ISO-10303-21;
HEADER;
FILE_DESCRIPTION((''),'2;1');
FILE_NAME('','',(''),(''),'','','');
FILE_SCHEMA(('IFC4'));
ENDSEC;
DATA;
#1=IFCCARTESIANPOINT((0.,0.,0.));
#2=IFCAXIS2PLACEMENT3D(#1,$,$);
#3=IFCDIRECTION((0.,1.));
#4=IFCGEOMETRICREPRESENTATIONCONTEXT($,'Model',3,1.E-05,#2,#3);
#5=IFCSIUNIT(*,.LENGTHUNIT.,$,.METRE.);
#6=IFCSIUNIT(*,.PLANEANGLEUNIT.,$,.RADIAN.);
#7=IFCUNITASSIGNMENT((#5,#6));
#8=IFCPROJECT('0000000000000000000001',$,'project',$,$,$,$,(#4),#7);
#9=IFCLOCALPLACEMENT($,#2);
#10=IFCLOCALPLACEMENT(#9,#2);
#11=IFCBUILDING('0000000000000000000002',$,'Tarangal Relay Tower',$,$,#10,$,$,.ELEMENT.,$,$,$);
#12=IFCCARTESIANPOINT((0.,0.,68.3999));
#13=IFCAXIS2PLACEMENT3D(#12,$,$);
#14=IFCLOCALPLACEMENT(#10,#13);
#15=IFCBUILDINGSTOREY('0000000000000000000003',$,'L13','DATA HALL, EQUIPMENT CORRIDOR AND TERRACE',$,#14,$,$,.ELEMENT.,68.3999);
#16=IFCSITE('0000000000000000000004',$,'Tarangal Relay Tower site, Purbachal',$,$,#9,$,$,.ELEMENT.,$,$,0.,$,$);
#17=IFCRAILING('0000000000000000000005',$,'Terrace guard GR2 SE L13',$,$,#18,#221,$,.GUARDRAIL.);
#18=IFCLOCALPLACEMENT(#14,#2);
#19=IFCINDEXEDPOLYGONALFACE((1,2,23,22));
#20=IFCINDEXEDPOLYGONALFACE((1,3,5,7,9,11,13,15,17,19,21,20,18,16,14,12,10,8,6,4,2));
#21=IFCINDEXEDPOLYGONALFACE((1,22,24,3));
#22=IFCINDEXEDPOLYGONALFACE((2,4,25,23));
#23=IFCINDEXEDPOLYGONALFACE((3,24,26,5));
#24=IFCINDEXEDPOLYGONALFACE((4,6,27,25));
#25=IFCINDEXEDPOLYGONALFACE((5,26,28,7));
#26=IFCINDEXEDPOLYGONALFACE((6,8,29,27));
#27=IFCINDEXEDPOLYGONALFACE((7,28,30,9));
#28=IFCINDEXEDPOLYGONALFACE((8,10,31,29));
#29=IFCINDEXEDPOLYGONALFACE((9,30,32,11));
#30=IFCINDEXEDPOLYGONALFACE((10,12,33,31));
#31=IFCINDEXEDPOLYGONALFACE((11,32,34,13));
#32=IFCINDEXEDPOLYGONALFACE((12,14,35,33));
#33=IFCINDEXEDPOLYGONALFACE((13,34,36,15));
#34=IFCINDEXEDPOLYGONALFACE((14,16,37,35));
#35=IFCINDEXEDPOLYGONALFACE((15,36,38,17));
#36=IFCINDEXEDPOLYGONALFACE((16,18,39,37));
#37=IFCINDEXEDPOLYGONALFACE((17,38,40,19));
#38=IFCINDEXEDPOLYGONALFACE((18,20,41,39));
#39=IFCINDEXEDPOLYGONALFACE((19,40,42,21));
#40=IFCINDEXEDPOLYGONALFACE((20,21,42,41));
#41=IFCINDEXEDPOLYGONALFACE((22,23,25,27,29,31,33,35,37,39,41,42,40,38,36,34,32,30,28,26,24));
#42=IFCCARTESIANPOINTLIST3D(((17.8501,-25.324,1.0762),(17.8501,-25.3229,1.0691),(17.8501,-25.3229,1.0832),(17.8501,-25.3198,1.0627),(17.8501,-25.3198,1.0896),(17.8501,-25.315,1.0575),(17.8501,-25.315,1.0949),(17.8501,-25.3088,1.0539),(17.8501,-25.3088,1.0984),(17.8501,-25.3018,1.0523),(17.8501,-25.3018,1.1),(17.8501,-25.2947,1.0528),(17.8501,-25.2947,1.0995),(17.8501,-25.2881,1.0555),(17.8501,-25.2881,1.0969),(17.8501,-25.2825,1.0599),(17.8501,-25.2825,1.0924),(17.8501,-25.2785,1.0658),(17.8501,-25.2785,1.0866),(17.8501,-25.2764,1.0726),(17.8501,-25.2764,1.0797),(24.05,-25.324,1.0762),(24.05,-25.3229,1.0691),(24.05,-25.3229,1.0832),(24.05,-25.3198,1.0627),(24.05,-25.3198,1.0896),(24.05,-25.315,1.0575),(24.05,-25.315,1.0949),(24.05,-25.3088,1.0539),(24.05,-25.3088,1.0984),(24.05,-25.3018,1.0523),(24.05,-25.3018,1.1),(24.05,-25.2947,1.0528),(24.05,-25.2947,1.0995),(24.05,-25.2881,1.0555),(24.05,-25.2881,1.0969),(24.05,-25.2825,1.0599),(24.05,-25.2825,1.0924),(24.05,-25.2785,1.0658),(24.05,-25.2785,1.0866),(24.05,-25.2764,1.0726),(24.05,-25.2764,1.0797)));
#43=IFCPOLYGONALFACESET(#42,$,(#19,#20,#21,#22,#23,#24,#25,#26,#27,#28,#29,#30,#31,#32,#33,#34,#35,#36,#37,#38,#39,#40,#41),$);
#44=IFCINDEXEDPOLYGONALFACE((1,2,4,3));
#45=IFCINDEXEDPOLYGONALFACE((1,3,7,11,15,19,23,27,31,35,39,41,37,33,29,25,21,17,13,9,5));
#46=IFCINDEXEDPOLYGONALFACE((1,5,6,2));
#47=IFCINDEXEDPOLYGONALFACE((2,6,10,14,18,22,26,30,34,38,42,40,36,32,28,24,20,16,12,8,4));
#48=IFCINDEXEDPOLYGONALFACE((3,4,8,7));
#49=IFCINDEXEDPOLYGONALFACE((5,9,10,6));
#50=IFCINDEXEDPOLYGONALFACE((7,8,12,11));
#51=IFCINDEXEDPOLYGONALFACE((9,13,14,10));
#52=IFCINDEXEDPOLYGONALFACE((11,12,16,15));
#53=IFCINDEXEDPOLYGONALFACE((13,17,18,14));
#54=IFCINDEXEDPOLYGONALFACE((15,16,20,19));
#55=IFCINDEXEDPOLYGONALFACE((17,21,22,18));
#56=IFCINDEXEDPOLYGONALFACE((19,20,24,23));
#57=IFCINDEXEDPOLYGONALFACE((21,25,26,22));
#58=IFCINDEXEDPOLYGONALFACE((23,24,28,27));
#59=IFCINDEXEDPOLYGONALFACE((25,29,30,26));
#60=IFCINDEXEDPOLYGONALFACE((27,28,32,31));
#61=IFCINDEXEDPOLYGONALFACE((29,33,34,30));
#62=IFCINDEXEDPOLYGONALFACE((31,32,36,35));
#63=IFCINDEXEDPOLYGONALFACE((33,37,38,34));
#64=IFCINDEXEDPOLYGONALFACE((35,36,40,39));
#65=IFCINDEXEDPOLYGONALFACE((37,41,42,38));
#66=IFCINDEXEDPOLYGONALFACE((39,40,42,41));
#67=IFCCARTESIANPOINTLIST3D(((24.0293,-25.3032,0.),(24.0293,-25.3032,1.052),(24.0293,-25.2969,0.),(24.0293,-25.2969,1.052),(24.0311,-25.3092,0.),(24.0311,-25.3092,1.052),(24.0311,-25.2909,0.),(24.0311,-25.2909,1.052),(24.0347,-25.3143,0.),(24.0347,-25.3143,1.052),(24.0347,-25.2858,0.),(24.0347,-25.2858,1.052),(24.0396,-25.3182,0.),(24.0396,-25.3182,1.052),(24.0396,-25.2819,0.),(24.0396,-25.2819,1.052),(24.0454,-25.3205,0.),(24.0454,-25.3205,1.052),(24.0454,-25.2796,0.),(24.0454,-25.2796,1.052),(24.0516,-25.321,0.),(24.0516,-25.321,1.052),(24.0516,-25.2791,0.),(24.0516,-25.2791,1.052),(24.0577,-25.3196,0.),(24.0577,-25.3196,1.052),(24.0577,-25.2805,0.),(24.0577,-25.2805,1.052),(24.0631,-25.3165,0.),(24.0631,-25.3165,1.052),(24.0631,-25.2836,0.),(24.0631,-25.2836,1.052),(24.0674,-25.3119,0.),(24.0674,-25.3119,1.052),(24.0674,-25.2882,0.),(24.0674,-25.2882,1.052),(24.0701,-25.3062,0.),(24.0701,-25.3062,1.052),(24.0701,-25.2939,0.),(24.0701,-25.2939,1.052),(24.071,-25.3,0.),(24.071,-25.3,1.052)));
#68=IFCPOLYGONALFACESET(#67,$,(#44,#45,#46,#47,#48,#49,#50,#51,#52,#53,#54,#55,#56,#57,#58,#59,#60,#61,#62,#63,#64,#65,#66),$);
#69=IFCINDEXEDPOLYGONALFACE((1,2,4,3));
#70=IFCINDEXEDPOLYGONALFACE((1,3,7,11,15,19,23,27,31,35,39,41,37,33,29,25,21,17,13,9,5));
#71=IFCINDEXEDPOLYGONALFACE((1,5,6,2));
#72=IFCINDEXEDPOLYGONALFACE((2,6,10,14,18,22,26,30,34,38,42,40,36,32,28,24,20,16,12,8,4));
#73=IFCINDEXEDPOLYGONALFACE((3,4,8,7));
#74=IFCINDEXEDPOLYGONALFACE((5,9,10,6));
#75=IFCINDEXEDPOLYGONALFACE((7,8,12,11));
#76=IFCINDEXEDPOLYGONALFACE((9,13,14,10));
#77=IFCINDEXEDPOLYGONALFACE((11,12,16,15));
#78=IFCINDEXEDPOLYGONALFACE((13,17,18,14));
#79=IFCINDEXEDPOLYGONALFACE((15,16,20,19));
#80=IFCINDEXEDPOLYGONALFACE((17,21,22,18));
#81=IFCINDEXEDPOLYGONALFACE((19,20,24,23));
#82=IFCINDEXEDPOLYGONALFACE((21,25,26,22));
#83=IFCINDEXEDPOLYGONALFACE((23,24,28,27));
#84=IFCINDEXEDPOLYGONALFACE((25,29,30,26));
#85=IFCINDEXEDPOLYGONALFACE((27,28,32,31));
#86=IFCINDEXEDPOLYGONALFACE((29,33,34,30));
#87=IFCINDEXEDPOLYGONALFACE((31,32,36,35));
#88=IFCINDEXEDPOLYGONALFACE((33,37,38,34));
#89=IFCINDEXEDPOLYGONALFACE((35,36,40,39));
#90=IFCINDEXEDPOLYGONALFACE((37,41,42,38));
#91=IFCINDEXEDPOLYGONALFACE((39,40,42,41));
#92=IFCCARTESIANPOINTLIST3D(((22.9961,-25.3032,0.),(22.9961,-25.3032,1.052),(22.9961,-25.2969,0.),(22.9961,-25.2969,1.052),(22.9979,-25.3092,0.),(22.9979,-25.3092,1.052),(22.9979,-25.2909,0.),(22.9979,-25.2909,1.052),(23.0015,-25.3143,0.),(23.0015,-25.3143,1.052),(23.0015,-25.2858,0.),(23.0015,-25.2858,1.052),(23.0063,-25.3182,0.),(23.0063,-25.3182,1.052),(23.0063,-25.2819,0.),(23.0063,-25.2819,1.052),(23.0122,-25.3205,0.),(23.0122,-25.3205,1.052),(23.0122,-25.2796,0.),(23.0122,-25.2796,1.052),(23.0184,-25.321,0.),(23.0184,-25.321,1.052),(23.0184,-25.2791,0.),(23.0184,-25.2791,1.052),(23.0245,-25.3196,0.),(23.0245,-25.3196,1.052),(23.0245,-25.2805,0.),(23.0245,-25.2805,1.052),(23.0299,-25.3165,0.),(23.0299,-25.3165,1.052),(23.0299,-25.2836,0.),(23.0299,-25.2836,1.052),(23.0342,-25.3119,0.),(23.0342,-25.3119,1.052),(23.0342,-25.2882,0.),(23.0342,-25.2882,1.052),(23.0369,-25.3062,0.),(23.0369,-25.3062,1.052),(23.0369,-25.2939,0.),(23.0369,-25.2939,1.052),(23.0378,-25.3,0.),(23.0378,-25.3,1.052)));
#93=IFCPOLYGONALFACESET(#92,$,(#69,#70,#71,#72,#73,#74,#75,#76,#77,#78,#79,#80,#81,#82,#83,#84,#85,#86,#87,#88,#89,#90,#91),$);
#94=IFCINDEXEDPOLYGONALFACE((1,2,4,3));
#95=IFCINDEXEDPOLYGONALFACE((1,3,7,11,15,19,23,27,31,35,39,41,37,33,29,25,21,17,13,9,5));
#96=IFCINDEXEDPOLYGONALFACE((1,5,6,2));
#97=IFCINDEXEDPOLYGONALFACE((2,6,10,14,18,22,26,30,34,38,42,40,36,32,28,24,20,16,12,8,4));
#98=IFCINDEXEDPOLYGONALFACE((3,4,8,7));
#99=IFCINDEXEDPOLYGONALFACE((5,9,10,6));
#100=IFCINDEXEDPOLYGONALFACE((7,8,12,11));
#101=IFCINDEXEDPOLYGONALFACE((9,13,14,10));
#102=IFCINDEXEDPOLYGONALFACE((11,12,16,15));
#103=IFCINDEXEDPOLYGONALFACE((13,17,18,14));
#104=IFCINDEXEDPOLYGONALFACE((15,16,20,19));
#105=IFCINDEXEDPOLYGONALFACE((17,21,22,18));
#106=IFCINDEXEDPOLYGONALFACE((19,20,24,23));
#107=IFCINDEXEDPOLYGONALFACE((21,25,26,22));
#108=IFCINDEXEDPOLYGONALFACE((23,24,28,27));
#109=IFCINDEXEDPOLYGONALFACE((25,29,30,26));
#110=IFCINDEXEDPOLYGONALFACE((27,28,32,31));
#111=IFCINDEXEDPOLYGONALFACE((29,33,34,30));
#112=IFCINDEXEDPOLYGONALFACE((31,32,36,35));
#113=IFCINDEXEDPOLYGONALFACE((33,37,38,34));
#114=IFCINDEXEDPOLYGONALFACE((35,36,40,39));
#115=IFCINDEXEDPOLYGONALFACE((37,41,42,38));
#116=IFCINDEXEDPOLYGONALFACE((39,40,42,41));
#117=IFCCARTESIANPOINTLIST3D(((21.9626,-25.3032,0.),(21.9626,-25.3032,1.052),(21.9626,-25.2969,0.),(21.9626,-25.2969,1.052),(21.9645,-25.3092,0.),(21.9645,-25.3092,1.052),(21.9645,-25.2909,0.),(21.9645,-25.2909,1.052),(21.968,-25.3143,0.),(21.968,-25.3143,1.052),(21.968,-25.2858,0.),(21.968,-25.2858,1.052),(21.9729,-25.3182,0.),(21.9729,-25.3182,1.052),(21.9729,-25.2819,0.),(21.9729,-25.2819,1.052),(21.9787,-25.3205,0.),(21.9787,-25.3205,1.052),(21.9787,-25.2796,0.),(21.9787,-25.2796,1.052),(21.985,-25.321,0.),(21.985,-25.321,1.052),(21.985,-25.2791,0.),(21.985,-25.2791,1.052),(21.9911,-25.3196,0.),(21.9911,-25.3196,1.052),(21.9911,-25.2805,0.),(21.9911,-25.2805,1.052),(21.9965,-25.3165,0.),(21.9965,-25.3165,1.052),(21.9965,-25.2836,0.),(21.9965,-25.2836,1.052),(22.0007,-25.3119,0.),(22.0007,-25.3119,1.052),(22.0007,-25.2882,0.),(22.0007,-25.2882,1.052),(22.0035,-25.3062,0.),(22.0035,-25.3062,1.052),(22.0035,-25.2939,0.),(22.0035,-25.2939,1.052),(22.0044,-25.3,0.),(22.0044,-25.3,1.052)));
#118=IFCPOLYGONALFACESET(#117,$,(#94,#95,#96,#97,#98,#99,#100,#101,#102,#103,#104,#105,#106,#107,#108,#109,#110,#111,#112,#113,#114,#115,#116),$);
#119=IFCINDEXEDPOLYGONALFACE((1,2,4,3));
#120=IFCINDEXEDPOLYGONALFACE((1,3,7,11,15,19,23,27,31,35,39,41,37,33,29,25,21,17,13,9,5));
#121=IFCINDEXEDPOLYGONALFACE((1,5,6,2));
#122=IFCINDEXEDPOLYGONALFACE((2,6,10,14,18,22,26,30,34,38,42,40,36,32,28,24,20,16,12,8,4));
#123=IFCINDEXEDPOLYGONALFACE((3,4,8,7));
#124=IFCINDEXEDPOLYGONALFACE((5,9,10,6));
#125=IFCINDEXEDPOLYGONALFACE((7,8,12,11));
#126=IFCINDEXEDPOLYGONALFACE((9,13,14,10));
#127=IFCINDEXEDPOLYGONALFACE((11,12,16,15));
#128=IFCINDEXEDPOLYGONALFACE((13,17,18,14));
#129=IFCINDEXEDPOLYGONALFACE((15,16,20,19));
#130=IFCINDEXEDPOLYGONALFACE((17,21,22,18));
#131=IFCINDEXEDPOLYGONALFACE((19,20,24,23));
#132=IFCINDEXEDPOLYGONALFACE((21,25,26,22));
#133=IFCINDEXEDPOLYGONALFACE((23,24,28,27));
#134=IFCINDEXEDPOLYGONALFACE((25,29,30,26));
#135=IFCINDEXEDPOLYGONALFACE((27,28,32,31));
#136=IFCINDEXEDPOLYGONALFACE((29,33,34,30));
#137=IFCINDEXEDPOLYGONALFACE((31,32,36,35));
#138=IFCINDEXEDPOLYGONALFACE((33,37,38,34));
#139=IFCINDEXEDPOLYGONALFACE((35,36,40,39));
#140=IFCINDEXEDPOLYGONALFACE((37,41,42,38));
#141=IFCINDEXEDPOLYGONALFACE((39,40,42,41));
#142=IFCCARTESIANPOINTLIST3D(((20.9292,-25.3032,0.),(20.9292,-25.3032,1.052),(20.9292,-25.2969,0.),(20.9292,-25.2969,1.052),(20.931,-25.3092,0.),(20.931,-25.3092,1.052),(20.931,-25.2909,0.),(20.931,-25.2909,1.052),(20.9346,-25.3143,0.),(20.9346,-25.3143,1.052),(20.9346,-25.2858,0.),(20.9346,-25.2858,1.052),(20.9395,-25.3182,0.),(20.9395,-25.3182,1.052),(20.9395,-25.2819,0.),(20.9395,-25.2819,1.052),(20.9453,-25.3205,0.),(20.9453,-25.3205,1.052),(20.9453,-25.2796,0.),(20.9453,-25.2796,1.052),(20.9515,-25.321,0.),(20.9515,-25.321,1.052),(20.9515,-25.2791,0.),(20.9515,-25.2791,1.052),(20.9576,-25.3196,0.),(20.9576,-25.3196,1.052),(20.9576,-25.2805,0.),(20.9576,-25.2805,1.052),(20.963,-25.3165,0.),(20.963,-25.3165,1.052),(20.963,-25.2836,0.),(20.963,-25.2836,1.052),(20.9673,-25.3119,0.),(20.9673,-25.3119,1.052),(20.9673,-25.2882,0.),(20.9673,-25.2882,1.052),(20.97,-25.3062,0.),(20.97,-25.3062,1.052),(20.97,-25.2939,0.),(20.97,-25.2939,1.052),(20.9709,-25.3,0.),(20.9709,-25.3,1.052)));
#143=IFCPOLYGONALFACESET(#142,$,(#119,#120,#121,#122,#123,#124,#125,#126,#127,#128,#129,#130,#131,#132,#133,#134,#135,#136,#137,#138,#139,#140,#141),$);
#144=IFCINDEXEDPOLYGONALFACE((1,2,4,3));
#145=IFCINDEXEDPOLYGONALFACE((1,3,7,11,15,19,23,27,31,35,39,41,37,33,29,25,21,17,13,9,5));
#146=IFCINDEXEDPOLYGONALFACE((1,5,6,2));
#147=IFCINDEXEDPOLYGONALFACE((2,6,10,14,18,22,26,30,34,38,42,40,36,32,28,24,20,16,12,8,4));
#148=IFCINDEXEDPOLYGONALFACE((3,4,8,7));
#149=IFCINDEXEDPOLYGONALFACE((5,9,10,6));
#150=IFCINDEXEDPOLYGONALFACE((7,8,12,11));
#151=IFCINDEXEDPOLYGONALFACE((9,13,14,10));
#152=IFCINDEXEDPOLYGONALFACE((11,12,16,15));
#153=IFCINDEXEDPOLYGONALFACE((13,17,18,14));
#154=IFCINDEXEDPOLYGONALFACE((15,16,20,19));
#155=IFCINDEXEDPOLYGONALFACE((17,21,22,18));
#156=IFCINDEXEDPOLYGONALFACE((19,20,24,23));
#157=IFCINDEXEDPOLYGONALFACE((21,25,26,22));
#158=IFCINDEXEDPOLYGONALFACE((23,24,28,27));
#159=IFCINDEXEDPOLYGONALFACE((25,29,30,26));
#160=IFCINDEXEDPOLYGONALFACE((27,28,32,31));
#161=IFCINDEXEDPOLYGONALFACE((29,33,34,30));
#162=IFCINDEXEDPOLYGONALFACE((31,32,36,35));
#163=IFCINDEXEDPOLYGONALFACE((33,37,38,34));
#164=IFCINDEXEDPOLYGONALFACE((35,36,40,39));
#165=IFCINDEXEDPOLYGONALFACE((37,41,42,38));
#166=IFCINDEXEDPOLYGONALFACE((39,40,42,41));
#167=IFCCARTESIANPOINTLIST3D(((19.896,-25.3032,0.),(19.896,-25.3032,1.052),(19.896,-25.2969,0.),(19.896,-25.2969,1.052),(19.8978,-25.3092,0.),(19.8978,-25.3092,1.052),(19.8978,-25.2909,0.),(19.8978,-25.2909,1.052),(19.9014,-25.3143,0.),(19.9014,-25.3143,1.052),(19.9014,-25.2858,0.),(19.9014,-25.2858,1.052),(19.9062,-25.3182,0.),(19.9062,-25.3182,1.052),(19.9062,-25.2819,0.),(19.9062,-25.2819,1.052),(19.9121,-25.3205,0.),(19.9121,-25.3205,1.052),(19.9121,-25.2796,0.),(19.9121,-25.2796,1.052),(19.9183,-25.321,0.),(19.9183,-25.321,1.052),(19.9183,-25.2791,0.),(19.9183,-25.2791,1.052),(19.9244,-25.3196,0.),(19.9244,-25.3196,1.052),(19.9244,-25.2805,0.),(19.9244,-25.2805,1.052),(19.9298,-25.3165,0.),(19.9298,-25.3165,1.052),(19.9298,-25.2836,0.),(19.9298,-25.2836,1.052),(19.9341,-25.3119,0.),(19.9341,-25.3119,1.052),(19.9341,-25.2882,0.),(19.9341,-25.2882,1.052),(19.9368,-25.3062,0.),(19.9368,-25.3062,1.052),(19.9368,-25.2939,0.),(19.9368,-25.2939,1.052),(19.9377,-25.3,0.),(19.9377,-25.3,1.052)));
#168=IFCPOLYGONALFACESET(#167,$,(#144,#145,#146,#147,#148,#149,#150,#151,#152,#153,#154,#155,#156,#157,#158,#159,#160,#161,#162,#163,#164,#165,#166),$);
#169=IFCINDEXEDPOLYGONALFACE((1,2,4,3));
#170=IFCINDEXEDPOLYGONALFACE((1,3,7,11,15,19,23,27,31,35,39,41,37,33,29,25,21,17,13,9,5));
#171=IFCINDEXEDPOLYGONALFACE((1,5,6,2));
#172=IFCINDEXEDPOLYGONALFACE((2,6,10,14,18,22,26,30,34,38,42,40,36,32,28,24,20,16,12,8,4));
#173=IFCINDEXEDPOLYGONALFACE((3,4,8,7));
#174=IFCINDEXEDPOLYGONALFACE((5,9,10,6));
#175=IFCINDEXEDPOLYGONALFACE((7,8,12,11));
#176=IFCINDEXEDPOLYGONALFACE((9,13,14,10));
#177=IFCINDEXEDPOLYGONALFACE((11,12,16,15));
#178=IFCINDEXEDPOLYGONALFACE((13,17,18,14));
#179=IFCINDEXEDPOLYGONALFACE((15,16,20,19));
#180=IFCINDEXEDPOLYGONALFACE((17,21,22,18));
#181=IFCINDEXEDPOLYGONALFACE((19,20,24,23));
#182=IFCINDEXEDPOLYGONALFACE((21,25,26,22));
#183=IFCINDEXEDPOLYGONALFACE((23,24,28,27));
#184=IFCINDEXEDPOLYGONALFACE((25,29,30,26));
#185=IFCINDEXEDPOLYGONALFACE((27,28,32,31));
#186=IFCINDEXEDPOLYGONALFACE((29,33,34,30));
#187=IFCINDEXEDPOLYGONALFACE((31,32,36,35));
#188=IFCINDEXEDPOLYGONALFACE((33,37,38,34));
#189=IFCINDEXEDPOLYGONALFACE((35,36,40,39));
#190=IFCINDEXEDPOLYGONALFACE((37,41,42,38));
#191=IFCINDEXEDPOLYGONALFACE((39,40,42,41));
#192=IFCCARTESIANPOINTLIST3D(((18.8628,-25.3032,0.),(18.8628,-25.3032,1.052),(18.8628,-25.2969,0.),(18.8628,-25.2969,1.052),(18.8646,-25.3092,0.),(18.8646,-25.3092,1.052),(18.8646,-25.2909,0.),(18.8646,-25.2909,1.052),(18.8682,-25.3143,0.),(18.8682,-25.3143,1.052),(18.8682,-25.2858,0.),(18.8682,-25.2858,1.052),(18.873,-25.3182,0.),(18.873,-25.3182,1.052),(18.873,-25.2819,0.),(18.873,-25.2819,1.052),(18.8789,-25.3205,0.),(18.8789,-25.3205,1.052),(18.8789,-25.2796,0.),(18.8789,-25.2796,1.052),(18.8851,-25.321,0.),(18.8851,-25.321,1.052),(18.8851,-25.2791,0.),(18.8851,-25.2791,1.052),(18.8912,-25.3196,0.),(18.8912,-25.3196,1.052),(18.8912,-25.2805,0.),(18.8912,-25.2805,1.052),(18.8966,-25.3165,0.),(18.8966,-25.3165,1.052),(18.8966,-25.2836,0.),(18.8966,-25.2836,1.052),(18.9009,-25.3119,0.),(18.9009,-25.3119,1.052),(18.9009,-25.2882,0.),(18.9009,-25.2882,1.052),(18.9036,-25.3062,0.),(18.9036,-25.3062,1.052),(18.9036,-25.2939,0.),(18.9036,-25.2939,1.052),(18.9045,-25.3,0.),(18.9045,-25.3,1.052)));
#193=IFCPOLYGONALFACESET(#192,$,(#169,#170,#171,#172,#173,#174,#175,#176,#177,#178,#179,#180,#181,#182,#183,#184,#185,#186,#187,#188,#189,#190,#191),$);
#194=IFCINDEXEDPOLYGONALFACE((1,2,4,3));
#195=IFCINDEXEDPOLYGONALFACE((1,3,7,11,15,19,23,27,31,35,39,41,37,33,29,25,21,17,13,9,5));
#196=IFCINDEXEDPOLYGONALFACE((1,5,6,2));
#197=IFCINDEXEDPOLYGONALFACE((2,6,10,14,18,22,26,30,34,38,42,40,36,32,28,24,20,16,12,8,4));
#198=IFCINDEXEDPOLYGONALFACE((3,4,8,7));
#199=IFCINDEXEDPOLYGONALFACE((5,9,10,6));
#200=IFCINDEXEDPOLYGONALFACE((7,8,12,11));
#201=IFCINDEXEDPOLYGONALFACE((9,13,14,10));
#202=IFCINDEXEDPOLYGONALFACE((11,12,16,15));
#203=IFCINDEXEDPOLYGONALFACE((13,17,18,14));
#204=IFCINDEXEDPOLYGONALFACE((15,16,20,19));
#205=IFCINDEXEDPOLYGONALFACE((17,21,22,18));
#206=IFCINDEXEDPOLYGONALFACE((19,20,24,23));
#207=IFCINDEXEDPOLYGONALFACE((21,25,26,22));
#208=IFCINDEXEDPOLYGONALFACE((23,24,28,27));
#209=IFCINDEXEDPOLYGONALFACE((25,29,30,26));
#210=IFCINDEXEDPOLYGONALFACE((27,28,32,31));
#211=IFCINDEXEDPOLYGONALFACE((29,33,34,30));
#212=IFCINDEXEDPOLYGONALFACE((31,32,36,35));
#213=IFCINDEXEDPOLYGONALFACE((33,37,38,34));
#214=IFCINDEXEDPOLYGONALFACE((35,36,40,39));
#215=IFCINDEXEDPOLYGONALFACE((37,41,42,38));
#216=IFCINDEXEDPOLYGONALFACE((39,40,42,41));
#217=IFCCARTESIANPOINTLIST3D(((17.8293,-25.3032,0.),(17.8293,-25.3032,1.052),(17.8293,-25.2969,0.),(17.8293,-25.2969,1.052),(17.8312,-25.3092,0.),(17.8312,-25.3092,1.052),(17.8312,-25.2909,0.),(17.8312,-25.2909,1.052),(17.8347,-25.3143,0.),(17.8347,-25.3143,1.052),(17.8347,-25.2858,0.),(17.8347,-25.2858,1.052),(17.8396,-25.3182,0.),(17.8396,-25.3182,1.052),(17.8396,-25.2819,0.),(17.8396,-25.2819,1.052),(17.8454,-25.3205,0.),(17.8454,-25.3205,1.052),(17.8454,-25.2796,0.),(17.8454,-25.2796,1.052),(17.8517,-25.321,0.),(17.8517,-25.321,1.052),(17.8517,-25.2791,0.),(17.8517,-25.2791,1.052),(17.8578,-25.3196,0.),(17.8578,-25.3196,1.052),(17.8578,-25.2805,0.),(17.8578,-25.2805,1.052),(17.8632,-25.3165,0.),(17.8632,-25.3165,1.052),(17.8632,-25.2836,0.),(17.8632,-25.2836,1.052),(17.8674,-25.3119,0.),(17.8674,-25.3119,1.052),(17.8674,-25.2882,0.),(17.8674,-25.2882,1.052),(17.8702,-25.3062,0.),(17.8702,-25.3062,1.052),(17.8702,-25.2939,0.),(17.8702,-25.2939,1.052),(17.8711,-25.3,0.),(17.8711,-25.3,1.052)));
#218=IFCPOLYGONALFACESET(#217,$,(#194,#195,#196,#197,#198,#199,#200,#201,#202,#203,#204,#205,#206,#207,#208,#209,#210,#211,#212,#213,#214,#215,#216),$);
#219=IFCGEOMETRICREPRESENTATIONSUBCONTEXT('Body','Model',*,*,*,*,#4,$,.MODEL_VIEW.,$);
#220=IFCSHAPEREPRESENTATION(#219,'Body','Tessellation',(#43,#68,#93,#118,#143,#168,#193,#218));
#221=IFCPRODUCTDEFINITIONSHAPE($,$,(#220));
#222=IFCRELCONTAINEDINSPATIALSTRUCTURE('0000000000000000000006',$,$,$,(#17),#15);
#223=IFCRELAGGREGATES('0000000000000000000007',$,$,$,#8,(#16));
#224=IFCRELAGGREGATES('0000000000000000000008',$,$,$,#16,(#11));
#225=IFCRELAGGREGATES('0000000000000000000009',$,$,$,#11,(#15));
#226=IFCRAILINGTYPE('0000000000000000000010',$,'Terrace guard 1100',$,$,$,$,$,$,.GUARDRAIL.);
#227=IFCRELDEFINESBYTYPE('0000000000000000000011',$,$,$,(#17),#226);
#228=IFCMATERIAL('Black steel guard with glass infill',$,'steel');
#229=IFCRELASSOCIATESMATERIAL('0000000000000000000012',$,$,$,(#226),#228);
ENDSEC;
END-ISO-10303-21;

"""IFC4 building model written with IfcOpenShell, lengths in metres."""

from ifc_helpers import new_model, si_unit, direction, frame, origin, origin_2d, place, context, subcontext, project, spatial, circle, extrude, material, type_object, element, save


model = new_model("IFC4")

# Units and contexts
model_context = context("Model", 3, precision=1e-05, world=origin(), true_north=direction((0.0, 1.0)))
body_context = subcontext(model_context, "Body", "Model", "MODEL_VIEW")
ifc_project = project(units=[si_unit("LENGTHUNIT", "METRE"), si_unit("PLANEANGLEUNIT", "RADIAN")], contexts=[model_context])

# Site, building, storey
site_placement = place(None, origin())
site = spatial("IfcSite", under=ifc_project, at=site_placement, Name="Tarangal Relay Tower site, Purbachal", CompositionType="ELEMENT", RefElevation=0.0)
building_placement = place(site_placement, origin())
building = spatial("IfcBuilding", under=site, at=building_placement, Name="Tarangal Relay Tower", CompositionType="ELEMENT")
storey_placement = place(building_placement, frame((0.0, 0.0, 68.3999)))
storey = spatial("IfcBuildingStorey", under=building, at=storey_placement, Name="L13", Description="DATA HALL, EQUIPMENT CORRIDOR AND TERRACE", CompositionType="ELEMENT", Elevation=68.3999)

# Railing
ifc_material_1 = material(Name="Black steel guard with glass infill", Category="steel")
railing_type = type_object("IfcRailingType", Name="Terrace guard 1100", PredefinedType="GUARDRAIL", material=ifc_material_1)
railing_1_placement = place(storey_placement, frame((24.05, -25.3, 0.0)))
element("IfcRailing", 1, at=railing_1_placement, inside=storey, type_object=railing_type, Name="Terrace guard GR2 SE L13", PredefinedType="GUARDRAIL", context=body_context, shape_type="SweptSolid", body=[
    extrude(circle(Radius=0.0239, at=origin_2d()), frame((0.0, 0.0, 1.0762), z_axis=(-1.0, 0.0, 0.0), x_axis=(0.0, -1.0, 0.0)), (0.0, 0.0, 1.0), 6.2),
    extrude(circle(Radius=0.021, at=origin_2d()), origin(), (0.0, 0.0, 1.0), 1.052),
    extrude(circle(Radius=0.021, at=origin_2d()), frame((-1.0332, 0.0, 0.0)), (0.0, 0.0, 1.0), 1.052),
    extrude(circle(Radius=0.021, at=origin_2d()), frame((-2.0667, 0.0, 0.0)), (0.0, 0.0, 1.0), 1.052),
    extrude(circle(Radius=0.021, at=origin_2d()), frame((-3.1001, 0.0, 0.0)), (0.0, 0.0, 1.0), 1.052),
    extrude(circle(Radius=0.021, at=origin_2d()), frame((-4.1333, 0.0, 0.0)), (0.0, 0.0, 1.0), 1.052),
    extrude(circle(Radius=0.021, at=origin_2d()), frame((-5.1665, 0.0, 0.0)), (0.0, 0.0, 1.0), 1.052),
    extrude(circle(Radius=0.021, at=origin_2d()), frame((-6.2, 0.0, 0.0)), (0.0, 0.0, 1.0), 1.052),
])

save(model, "model.ifc")
